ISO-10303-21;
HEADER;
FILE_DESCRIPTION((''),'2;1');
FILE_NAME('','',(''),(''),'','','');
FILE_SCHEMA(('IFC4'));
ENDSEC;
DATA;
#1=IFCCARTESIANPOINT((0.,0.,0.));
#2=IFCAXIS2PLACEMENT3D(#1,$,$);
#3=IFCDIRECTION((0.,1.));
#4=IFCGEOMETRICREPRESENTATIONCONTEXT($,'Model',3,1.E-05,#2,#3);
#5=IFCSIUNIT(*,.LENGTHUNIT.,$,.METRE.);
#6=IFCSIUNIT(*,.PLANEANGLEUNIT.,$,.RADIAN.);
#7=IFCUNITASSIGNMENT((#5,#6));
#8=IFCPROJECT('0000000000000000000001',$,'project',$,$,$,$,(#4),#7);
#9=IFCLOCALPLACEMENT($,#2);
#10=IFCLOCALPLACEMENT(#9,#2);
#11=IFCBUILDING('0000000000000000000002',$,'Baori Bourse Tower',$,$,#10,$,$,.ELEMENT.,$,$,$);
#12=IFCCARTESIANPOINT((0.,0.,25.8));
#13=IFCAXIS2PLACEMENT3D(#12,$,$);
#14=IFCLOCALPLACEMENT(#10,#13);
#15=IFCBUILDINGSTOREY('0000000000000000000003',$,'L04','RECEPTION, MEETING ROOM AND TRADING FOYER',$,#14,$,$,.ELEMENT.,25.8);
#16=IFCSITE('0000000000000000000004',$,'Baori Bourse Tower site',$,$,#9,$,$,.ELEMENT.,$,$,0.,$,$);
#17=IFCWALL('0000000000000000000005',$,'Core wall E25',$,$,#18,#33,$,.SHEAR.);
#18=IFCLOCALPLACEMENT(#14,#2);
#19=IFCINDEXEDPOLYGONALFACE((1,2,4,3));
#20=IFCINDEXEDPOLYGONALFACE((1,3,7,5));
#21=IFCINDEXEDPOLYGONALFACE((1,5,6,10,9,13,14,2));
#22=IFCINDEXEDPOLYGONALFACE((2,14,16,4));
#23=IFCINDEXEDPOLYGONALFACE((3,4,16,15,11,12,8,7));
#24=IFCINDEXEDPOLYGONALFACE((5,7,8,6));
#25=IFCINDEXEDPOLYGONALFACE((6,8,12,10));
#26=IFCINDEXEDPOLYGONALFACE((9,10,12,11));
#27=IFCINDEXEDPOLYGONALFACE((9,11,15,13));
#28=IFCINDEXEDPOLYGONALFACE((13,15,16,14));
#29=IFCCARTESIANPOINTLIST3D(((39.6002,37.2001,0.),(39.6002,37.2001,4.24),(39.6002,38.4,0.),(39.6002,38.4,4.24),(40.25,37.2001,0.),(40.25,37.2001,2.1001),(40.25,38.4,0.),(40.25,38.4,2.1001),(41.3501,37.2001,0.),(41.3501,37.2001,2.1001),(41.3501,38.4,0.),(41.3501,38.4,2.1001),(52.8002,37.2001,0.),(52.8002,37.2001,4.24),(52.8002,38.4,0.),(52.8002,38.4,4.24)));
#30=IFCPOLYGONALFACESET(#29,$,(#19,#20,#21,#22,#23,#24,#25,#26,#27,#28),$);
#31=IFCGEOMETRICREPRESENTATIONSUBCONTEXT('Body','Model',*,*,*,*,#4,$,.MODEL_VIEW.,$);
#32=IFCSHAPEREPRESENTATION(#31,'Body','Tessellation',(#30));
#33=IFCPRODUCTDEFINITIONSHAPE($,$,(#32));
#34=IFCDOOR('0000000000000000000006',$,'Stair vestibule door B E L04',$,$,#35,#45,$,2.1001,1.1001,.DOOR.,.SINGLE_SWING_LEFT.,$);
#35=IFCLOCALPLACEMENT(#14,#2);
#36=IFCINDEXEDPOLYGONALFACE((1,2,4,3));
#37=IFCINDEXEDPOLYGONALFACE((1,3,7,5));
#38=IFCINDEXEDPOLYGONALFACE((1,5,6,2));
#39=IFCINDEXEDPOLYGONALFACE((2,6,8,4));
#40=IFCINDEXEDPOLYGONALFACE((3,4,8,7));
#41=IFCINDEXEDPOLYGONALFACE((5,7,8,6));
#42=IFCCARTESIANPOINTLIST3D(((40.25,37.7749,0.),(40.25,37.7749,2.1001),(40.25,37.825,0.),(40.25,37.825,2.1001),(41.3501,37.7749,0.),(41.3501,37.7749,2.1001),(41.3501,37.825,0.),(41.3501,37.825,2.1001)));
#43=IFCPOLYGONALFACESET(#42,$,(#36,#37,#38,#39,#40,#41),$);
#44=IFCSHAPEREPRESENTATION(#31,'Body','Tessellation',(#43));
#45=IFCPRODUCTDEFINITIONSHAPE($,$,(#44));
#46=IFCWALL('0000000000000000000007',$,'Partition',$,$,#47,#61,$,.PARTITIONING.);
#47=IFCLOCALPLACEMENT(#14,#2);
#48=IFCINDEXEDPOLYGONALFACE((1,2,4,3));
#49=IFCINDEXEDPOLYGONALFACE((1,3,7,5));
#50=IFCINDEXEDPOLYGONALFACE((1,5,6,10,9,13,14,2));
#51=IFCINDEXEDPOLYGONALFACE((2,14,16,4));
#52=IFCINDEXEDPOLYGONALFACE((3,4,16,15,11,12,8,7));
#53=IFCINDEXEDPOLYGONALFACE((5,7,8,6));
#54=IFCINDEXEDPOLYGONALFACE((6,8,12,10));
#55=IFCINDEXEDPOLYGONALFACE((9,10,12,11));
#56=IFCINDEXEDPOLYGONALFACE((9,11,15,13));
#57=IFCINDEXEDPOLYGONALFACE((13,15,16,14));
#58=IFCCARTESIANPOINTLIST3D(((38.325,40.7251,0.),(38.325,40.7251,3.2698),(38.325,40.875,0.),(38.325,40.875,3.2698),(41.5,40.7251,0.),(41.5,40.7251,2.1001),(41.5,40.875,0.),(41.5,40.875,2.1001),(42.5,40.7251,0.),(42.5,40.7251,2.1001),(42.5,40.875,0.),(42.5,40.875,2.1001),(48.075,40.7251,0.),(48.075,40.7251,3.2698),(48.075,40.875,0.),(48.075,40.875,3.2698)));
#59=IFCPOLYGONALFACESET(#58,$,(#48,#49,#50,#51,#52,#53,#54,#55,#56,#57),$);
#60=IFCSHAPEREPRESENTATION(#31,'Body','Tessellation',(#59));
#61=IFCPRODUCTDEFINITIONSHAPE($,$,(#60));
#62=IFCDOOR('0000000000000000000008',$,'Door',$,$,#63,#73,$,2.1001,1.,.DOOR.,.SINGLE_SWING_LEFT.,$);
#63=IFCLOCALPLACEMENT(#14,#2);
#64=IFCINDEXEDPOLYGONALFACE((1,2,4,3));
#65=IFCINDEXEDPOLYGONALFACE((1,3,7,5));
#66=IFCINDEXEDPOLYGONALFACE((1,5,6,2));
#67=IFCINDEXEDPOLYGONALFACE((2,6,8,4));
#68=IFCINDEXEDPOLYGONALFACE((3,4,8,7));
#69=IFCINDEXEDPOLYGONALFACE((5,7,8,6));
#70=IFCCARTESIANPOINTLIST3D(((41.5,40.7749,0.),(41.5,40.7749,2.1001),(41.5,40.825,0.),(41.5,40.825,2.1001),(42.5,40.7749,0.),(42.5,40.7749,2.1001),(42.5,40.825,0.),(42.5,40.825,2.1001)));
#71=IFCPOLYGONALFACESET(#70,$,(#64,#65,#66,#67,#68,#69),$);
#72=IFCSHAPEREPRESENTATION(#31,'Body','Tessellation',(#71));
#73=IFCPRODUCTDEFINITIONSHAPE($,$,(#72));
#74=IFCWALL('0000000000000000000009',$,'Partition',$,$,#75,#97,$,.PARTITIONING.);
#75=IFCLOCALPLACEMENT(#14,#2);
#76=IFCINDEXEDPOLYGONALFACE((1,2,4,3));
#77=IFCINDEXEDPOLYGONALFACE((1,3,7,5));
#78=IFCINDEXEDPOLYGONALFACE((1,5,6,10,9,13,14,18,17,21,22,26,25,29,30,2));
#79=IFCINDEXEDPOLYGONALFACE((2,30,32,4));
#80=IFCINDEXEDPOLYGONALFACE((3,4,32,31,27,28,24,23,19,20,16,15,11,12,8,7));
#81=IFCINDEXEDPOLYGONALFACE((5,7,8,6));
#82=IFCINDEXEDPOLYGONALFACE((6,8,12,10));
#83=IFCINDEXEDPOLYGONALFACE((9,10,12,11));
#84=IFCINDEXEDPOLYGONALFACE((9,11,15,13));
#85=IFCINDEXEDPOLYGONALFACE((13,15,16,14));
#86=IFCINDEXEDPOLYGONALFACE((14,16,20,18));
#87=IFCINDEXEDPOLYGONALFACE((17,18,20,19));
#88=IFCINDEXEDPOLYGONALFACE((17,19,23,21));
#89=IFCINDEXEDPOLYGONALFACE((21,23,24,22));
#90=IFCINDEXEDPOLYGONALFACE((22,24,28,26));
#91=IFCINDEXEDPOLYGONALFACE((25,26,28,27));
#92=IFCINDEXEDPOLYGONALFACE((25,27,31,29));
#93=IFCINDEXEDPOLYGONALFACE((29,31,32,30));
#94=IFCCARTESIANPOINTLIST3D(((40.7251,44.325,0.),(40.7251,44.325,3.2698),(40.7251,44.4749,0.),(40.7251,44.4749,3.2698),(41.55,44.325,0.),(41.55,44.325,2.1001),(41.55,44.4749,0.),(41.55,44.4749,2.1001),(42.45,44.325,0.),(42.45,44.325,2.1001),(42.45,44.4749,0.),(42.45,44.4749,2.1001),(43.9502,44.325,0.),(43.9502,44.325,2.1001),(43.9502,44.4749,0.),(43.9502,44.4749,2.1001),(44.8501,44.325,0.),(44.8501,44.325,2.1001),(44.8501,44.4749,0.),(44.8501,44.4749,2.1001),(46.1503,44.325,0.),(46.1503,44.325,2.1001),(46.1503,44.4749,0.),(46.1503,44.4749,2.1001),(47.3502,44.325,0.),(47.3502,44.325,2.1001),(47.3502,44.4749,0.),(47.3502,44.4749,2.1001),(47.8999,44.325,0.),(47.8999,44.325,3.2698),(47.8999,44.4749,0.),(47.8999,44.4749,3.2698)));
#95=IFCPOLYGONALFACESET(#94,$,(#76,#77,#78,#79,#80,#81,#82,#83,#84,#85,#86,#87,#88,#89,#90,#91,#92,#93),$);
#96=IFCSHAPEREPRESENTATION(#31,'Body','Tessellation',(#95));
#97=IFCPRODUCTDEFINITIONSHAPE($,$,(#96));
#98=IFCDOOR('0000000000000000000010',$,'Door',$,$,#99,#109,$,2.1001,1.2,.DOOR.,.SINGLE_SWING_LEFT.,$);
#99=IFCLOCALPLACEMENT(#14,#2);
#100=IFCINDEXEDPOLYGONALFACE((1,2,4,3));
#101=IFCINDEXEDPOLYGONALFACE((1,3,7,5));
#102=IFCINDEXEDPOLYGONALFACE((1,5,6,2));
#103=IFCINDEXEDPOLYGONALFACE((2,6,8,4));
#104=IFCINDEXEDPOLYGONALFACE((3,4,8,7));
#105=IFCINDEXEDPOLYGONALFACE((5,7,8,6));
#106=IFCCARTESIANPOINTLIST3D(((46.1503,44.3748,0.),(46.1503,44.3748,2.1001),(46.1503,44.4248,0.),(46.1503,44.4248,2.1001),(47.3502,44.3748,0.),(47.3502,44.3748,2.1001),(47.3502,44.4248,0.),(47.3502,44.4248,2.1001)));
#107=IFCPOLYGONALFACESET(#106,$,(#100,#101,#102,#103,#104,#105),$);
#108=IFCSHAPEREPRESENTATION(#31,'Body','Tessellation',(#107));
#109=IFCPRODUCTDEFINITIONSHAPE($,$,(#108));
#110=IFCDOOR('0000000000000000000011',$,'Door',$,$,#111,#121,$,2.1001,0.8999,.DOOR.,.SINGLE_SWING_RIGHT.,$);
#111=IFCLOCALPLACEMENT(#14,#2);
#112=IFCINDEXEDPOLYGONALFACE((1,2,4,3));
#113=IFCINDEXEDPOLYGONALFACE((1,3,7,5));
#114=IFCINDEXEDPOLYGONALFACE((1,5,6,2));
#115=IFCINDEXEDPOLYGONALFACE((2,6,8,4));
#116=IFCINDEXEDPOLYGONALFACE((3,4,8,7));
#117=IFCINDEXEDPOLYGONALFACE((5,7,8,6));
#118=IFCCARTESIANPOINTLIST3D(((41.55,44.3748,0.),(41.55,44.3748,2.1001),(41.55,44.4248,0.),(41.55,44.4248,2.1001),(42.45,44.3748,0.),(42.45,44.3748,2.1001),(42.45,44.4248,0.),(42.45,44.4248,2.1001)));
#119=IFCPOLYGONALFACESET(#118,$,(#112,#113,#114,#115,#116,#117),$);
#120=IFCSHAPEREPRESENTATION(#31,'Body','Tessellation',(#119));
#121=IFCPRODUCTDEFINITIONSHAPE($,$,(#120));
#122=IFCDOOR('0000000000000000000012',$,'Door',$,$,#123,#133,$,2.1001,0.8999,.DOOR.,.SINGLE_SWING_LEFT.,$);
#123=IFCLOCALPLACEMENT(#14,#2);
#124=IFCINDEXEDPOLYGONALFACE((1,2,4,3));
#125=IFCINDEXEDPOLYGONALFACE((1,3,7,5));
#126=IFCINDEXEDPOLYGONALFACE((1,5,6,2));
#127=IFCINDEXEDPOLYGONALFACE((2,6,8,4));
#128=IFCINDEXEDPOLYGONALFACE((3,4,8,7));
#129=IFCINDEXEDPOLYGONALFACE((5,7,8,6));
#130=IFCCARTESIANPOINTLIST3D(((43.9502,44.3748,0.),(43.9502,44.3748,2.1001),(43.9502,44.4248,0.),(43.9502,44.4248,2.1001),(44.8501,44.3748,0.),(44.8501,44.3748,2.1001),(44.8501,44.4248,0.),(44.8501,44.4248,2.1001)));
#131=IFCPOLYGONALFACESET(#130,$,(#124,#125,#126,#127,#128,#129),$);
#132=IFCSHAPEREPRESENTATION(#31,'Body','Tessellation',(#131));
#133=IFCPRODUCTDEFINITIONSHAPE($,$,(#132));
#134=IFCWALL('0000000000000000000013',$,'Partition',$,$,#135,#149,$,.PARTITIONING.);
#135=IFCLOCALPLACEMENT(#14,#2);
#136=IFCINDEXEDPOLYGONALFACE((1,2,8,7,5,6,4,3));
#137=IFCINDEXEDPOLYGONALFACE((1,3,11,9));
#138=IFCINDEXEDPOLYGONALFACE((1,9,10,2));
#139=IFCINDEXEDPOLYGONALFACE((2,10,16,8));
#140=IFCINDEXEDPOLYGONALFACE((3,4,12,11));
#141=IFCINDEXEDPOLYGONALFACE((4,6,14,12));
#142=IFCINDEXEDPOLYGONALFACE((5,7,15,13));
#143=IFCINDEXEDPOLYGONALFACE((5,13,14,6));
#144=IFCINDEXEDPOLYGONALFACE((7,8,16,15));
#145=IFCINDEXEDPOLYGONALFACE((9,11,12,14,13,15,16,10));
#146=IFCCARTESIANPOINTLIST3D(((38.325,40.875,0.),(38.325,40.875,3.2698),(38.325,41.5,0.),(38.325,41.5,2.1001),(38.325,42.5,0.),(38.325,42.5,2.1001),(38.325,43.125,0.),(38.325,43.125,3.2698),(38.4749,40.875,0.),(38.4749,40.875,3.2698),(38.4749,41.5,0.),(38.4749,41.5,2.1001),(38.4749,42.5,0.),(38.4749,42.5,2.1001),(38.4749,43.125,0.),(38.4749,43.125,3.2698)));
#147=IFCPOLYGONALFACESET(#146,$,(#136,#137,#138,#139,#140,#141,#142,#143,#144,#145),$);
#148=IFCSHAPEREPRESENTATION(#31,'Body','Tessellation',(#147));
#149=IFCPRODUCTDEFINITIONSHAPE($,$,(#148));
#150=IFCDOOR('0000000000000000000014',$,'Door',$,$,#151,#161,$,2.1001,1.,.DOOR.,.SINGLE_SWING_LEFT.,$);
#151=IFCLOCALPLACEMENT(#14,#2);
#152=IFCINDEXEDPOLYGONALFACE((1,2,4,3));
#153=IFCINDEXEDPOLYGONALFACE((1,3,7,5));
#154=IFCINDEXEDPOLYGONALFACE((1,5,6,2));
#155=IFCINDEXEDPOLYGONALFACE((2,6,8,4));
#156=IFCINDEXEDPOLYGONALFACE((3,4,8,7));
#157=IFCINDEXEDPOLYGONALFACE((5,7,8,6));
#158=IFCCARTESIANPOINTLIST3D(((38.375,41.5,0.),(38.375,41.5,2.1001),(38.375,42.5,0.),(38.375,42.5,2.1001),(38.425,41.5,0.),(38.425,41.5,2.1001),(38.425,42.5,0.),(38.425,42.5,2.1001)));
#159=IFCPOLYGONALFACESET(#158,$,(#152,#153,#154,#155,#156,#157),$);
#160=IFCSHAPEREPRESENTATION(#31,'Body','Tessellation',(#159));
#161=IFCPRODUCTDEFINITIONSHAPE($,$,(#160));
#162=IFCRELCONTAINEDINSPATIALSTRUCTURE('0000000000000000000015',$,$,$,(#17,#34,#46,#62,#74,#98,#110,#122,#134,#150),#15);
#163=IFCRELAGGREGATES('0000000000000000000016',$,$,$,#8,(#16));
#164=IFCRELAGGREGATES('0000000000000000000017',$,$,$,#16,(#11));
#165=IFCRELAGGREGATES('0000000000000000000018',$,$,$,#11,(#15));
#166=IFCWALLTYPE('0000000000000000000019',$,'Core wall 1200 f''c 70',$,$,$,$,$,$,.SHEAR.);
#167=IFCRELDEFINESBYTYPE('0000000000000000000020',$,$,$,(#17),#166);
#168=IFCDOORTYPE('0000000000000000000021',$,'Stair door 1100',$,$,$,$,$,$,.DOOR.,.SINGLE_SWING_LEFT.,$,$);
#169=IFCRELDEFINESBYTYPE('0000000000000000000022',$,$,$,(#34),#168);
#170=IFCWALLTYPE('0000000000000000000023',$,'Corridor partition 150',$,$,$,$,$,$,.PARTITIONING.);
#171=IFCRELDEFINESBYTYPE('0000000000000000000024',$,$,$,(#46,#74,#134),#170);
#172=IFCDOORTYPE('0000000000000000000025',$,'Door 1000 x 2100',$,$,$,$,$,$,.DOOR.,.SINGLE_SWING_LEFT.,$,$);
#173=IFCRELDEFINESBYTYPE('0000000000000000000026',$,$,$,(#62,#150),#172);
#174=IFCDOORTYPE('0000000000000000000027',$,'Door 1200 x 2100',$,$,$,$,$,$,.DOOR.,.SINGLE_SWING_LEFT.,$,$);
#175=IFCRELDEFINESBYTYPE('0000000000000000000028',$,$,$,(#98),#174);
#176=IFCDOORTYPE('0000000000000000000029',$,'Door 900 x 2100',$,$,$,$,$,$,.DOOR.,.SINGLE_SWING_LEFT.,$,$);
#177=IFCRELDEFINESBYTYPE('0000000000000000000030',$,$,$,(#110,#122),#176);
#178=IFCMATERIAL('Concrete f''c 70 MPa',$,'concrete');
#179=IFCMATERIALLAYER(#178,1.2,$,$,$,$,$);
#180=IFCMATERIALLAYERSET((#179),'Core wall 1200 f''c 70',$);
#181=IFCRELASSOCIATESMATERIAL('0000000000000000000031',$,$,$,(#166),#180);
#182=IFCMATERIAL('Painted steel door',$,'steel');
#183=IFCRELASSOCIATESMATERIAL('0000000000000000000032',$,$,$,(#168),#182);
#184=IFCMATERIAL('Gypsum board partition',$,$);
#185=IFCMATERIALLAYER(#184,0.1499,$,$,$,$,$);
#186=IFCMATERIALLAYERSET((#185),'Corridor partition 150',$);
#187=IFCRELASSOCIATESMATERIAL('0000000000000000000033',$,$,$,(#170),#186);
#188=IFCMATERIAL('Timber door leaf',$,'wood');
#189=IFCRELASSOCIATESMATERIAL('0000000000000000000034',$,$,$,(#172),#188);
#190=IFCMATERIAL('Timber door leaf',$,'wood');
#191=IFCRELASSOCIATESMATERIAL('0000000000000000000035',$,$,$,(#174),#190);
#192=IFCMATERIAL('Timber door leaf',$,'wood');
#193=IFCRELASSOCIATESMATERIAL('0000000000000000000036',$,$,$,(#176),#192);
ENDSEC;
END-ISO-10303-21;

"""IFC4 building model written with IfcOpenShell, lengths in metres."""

from ifc_helpers import new_model, si_unit, direction, frame, frame_2d, origin, place, context, subcontext, project, spatial, rectangle, extrude, material, layer, layer_set, type_object, element, fill, save


model = new_model("IFC4")

# Units and contexts
model_context = context("Model", 3, precision=1e-05, world=origin(), true_north=direction((0.0, 1.0)))
body_context = subcontext(model_context, "Body", "Model", "MODEL_VIEW")
ifc_project = project(units=[si_unit("LENGTHUNIT", "METRE"), si_unit("PLANEANGLEUNIT", "RADIAN")], contexts=[model_context])

# Site, building, storey
site_placement = place(None, origin())
site = spatial("IfcSite", under=ifc_project, at=site_placement, Name="Baori Bourse Tower site", CompositionType="ELEMENT", RefElevation=0.0)
building_placement = place(site_placement, origin())
building = spatial("IfcBuilding", under=site, at=building_placement, Name="Baori Bourse Tower", CompositionType="ELEMENT")
storey_placement = place(building_placement, frame((0.0, 0.0, 25.8)))
storey = spatial("IfcBuildingStorey", under=building, at=storey_placement, Name="L04", Description="RECEPTION, MEETING ROOM AND TRADING FOYER", CompositionType="ELEMENT", Elevation=25.8)

# Walls, openings, doors
ifc_material_1 = material(Name="Concrete f'c 70 MPa", Category="concrete")
ifc_layer_1 = layer(ifc_material_1, 1.2)
ifc_layer_set_1 = layer_set([ifc_layer_1], Name="Core wall 1200 f'c 70")
wall_type_1 = type_object("IfcWallType", Name="Core wall 1200 f'c 70", PredefinedType="SHEAR", material=ifc_layer_set_1)
wall_1_placement = place(storey_placement, frame((39.6001, 37.8, 0.0), z_axis=(0.0, 0.0, 1.0), x_axis=(1.0, 0.0, 0.0)))
wall_1 = element("IfcWall", 1, at=wall_1_placement, inside=storey, type_object=wall_type_1, Name="Core wall E25", PredefinedType="SHEAR", context=body_context, shape_type="SweptSolid", body=[
    extrude(rectangle(XDim=13.2, YDim=1.2, at=frame_2d((6.6001, 0.0))), origin(), (0.0, 0.0, 1.0), 4.24),
])
opening_1_placement = place(wall_1_placement, frame((0.6499, 0.0, 0.0)))
opening_1 = element("IfcOpeningElement", 2, at=opening_1_placement, cuts=wall_1, PredefinedType="OPENING", context=body_context, shape_type="SweptSolid", body=[
    extrude(rectangle(XDim=1.1001, YDim=2.1001, at=frame_2d((0.55, 1.05))), frame((0.0, 0.6099, 0.0), z_axis=(0.0, -1.0, 0.0), x_axis=(1.0, 0.0, 0.0)), (0.0, 0.0, 1.0), 1.22),
])
ifc_material_2 = material(Name="Painted steel door", Category="steel")
door_type_1 = type_object("IfcDoorType", Name="Stair door 1100", OperationType="SINGLE_SWING_LEFT", PredefinedType="DOOR", material=ifc_material_2)
door_1_placement = place(opening_1_placement, origin())
door_1 = element("IfcDoor", 3, at=door_1_placement, inside=storey, type_object=door_type_1, Name="Stair vestibule door B E L04", OperationType="SINGLE_SWING_LEFT", OverallHeight=2.1001, OverallWidth=1.1001, PredefinedType="DOOR", context=body_context, shape_type="SweptSolid", body=[
    extrude(rectangle(XDim=1.1001, YDim=2.1001, at=frame_2d((0.55, 1.05))), frame((0.0, 0.0249, 0.0), z_axis=(0.0, -1.0, 0.0), x_axis=(1.0, 0.0, 0.0)), (0.0, 0.0, 1.0), 0.05),
])
fill(opening_1, door_1)
ifc_material_3 = material(Name="Gypsum board partition")
ifc_layer_2 = layer(ifc_material_3, 0.1499)
ifc_layer_set_2 = layer_set([ifc_layer_2], Name="Corridor partition 150")
wall_type_2 = type_object("IfcWallType", Name="Corridor partition 150", PredefinedType="PARTITIONING", material=ifc_layer_set_2)
wall_2_placement = place(storey_placement, frame((38.325, 40.8, 0.0), z_axis=(0.0, 0.0, 1.0), x_axis=(1.0, 0.0, 0.0)))
wall_2 = element("IfcWall", 4, at=wall_2_placement, inside=storey, type_object=wall_type_2, Name="Partition", PredefinedType="PARTITIONING", context=body_context, shape_type="SweptSolid", body=[
    extrude(rectangle(XDim=9.75, YDim=0.1499, at=frame_2d((4.875, 0.0))), origin(), (0.0, 0.0, 1.0), 3.2698),
])
opening_2_placement = place(wall_2_placement, frame((3.175, 0.0, 0.0)))
opening_2 = element("IfcOpeningElement", 5, at=opening_2_placement, cuts=wall_2, PredefinedType="OPENING", context=body_context, shape_type="SweptSolid", body=[
    extrude(rectangle(XDim=1.0, YDim=2.1001, at=frame_2d((0.5, 1.05))), frame((0.0, 0.085, 0.0), z_axis=(0.0, -1.0, 0.0), x_axis=(1.0, 0.0, 0.0)), (0.0, 0.0, 1.0), 0.1699),
])
ifc_material_4 = material(Name="Timber door leaf", Category="wood")
door_type_2 = type_object("IfcDoorType", Name="Door 1000 x 2100", OperationType="SINGLE_SWING_LEFT", PredefinedType="DOOR", material=ifc_material_4)
door_2_placement = place(opening_2_placement, origin())
door_2 = element("IfcDoor", 6, at=door_2_placement, inside=storey, type_object=door_type_2, Name="Door", OperationType="SINGLE_SWING_LEFT", OverallHeight=2.1001, OverallWidth=1.0, PredefinedType="DOOR", context=body_context, shape_type="SweptSolid", body=[
    extrude(rectangle(XDim=1.0, YDim=2.1001, at=frame_2d((0.5, 1.05))), frame((0.0, 0.0249, 0.0), z_axis=(0.0, -1.0, 0.0), x_axis=(1.0, 0.0, 0.0)), (0.0, 0.0, 1.0), 0.05),
])
fill(opening_2, door_2)

# Wall, openings, doors
wall_3_placement = place(storey_placement, frame((40.7251, 44.3999, 0.0), z_axis=(0.0, 0.0, 1.0), x_axis=(1.0, 0.0, 0.0)))
wall_3 = element("IfcWall", 7, at=wall_3_placement, inside=storey, type_object=wall_type_2, Name="Partition", PredefinedType="PARTITIONING", context=body_context, shape_type="SweptSolid", body=[
    extrude(rectangle(XDim=7.1748, YDim=0.1499, at=frame_2d((3.5874, 0.0))), origin(), (0.0, 0.0, 1.0), 3.2698),
])
opening_3_placement = place(wall_3_placement, frame((0.825, 0.0, 0.0)))
opening_3 = element("IfcOpeningElement", 8, at=opening_3_placement, cuts=wall_3, PredefinedType="OPENING", context=body_context, shape_type="SweptSolid", body=[
    extrude(rectangle(XDim=0.8999, YDim=2.1001, at=frame_2d((0.45, 1.05))), frame((0.0, 0.085, 0.0), z_axis=(0.0, -1.0, 0.0), x_axis=(1.0, 0.0, 0.0)), (0.0, 0.0, 1.0), 0.1699),
])
opening_4_placement = place(wall_3_placement, frame((3.2251, 0.0, 0.0)))
opening_4 = element("IfcOpeningElement", 9, at=opening_4_placement, cuts=wall_3, PredefinedType="OPENING", context=body_context, shape_type="SweptSolid", body=[
    extrude(rectangle(XDim=0.8999, YDim=2.1001, at=frame_2d((0.45, 1.05))), frame((0.0, 0.085, 0.0), z_axis=(0.0, -1.0, 0.0), x_axis=(1.0, 0.0, 0.0)), (0.0, 0.0, 1.0), 0.1699),
])
opening_5_placement = place(wall_3_placement, frame((5.425, 0.0, 0.0)))
opening_5 = element("IfcOpeningElement", 10, at=opening_5_placement, cuts=wall_3, PredefinedType="OPENING", context=body_context, shape_type="SweptSolid", body=[
    extrude(rectangle(XDim=1.2, YDim=2.1001, at=frame_2d((0.6001, 1.05))), frame((0.0, 0.085, 0.0), z_axis=(0.0, -1.0, 0.0), x_axis=(1.0, 0.0, 0.0)), (0.0, 0.0, 1.0), 0.1699),
])
ifc_material_5 = material(Name="Timber door leaf", Category="wood")
door_type_3 = type_object("IfcDoorType", Name="Door 1200 x 2100", OperationType="SINGLE_SWING_LEFT", PredefinedType="DOOR", material=ifc_material_5)
door_3_placement = place(opening_5_placement, origin())
door_3 = element("IfcDoor", 11, at=door_3_placement, inside=storey, type_object=door_type_3, Name="Door", OperationType="SINGLE_SWING_LEFT", OverallHeight=2.1001, OverallWidth=1.2, PredefinedType="DOOR", context=body_context, shape_type="SweptSolid", body=[
    extrude(rectangle(XDim=1.2, YDim=2.1001, at=frame_2d((0.6001, 1.05))), frame((0.0, 0.0249, 0.0), z_axis=(0.0, -1.0, 0.0), x_axis=(1.0, 0.0, 0.0)), (0.0, 0.0, 1.0), 0.05),
])
fill(opening_5, door_3)
ifc_material_6 = material(Name="Timber door leaf", Category="wood")
door_type_4 = type_object("IfcDoorType", Name="Door 900 x 2100", OperationType="SINGLE_SWING_LEFT", PredefinedType="DOOR", material=ifc_material_6)
door_4_placement = place(opening_3_placement, origin())
door_4 = element("IfcDoor", 12, at=door_4_placement, inside=storey, type_object=door_type_4, Name="Door", OperationType="SINGLE_SWING_RIGHT", OverallHeight=2.1001, OverallWidth=0.8999, PredefinedType="DOOR", context=body_context, shape_type="SweptSolid", body=[
    extrude(rectangle(XDim=0.8999, YDim=2.1001, at=frame_2d((0.45, 1.05))), frame((0.0, 0.0249, 0.0), z_axis=(0.0, -1.0, 0.0), x_axis=(1.0, 0.0, 0.0)), (0.0, 0.0, 1.0), 0.05),
])
fill(opening_3, door_4)
door_5_placement = place(opening_4_placement, origin())
door_5 = element("IfcDoor", 13, at=door_5_placement, inside=storey, type_object=door_type_4, Name="Door", OperationType="SINGLE_SWING_LEFT", OverallHeight=2.1001, OverallWidth=0.8999, PredefinedType="DOOR", context=body_context, shape_type="SweptSolid", body=[
    extrude(rectangle(XDim=0.8999, YDim=2.1001, at=frame_2d((0.45, 1.05))), frame((0.0, 0.0249, 0.0), z_axis=(0.0, -1.0, 0.0), x_axis=(1.0, 0.0, 0.0)), (0.0, 0.0, 1.0), 0.05),
])
fill(opening_4, door_5)

# Wall, opening, door
wall_4_placement = place(storey_placement, frame((38.3999, 40.875, 0.0), z_axis=(0.0, 0.0, 1.0), x_axis=(0.0, 1.0, 0.0)))
wall_4 = element("IfcWall", 14, at=wall_4_placement, inside=storey, type_object=wall_type_2, Name="Partition", PredefinedType="PARTITIONING", context=body_context, shape_type="SweptSolid", body=[
    extrude(rectangle(XDim=2.25, YDim=0.1499, at=frame_2d((1.125, 0.0))), origin(), (0.0, 0.0, 1.0), 3.2698),
])
opening_6_placement = place(wall_4_placement, frame((0.625, 0.0, 0.0)))
opening_6 = element("IfcOpeningElement", 15, at=opening_6_placement, cuts=wall_4, PredefinedType="OPENING", context=body_context, shape_type="SweptSolid", body=[
    extrude(rectangle(XDim=1.0, YDim=2.1001, at=frame_2d((0.5, 1.05))), frame((0.0, 0.085, 0.0), z_axis=(0.0, -1.0, 0.0), x_axis=(1.0, 0.0, 0.0)), (0.0, 0.0, 1.0), 0.1699),
])
door_6_placement = place(opening_6_placement, origin())
door_6 = element("IfcDoor", 16, at=door_6_placement, inside=storey, type_object=door_type_2, Name="Door", OperationType="SINGLE_SWING_LEFT", OverallHeight=2.1001, OverallWidth=1.0, PredefinedType="DOOR", context=body_context, shape_type="SweptSolid", body=[
    extrude(rectangle(XDim=1.0, YDim=2.1001, at=frame_2d((0.5, 1.05))), frame((0.0, 0.0249, 0.0), z_axis=(0.0, -1.0, 0.0), x_axis=(1.0, 0.0, 0.0)), (0.0, 0.0, 1.0), 0.05),
])
fill(opening_6, door_6)

save(model, "model.ifc")
